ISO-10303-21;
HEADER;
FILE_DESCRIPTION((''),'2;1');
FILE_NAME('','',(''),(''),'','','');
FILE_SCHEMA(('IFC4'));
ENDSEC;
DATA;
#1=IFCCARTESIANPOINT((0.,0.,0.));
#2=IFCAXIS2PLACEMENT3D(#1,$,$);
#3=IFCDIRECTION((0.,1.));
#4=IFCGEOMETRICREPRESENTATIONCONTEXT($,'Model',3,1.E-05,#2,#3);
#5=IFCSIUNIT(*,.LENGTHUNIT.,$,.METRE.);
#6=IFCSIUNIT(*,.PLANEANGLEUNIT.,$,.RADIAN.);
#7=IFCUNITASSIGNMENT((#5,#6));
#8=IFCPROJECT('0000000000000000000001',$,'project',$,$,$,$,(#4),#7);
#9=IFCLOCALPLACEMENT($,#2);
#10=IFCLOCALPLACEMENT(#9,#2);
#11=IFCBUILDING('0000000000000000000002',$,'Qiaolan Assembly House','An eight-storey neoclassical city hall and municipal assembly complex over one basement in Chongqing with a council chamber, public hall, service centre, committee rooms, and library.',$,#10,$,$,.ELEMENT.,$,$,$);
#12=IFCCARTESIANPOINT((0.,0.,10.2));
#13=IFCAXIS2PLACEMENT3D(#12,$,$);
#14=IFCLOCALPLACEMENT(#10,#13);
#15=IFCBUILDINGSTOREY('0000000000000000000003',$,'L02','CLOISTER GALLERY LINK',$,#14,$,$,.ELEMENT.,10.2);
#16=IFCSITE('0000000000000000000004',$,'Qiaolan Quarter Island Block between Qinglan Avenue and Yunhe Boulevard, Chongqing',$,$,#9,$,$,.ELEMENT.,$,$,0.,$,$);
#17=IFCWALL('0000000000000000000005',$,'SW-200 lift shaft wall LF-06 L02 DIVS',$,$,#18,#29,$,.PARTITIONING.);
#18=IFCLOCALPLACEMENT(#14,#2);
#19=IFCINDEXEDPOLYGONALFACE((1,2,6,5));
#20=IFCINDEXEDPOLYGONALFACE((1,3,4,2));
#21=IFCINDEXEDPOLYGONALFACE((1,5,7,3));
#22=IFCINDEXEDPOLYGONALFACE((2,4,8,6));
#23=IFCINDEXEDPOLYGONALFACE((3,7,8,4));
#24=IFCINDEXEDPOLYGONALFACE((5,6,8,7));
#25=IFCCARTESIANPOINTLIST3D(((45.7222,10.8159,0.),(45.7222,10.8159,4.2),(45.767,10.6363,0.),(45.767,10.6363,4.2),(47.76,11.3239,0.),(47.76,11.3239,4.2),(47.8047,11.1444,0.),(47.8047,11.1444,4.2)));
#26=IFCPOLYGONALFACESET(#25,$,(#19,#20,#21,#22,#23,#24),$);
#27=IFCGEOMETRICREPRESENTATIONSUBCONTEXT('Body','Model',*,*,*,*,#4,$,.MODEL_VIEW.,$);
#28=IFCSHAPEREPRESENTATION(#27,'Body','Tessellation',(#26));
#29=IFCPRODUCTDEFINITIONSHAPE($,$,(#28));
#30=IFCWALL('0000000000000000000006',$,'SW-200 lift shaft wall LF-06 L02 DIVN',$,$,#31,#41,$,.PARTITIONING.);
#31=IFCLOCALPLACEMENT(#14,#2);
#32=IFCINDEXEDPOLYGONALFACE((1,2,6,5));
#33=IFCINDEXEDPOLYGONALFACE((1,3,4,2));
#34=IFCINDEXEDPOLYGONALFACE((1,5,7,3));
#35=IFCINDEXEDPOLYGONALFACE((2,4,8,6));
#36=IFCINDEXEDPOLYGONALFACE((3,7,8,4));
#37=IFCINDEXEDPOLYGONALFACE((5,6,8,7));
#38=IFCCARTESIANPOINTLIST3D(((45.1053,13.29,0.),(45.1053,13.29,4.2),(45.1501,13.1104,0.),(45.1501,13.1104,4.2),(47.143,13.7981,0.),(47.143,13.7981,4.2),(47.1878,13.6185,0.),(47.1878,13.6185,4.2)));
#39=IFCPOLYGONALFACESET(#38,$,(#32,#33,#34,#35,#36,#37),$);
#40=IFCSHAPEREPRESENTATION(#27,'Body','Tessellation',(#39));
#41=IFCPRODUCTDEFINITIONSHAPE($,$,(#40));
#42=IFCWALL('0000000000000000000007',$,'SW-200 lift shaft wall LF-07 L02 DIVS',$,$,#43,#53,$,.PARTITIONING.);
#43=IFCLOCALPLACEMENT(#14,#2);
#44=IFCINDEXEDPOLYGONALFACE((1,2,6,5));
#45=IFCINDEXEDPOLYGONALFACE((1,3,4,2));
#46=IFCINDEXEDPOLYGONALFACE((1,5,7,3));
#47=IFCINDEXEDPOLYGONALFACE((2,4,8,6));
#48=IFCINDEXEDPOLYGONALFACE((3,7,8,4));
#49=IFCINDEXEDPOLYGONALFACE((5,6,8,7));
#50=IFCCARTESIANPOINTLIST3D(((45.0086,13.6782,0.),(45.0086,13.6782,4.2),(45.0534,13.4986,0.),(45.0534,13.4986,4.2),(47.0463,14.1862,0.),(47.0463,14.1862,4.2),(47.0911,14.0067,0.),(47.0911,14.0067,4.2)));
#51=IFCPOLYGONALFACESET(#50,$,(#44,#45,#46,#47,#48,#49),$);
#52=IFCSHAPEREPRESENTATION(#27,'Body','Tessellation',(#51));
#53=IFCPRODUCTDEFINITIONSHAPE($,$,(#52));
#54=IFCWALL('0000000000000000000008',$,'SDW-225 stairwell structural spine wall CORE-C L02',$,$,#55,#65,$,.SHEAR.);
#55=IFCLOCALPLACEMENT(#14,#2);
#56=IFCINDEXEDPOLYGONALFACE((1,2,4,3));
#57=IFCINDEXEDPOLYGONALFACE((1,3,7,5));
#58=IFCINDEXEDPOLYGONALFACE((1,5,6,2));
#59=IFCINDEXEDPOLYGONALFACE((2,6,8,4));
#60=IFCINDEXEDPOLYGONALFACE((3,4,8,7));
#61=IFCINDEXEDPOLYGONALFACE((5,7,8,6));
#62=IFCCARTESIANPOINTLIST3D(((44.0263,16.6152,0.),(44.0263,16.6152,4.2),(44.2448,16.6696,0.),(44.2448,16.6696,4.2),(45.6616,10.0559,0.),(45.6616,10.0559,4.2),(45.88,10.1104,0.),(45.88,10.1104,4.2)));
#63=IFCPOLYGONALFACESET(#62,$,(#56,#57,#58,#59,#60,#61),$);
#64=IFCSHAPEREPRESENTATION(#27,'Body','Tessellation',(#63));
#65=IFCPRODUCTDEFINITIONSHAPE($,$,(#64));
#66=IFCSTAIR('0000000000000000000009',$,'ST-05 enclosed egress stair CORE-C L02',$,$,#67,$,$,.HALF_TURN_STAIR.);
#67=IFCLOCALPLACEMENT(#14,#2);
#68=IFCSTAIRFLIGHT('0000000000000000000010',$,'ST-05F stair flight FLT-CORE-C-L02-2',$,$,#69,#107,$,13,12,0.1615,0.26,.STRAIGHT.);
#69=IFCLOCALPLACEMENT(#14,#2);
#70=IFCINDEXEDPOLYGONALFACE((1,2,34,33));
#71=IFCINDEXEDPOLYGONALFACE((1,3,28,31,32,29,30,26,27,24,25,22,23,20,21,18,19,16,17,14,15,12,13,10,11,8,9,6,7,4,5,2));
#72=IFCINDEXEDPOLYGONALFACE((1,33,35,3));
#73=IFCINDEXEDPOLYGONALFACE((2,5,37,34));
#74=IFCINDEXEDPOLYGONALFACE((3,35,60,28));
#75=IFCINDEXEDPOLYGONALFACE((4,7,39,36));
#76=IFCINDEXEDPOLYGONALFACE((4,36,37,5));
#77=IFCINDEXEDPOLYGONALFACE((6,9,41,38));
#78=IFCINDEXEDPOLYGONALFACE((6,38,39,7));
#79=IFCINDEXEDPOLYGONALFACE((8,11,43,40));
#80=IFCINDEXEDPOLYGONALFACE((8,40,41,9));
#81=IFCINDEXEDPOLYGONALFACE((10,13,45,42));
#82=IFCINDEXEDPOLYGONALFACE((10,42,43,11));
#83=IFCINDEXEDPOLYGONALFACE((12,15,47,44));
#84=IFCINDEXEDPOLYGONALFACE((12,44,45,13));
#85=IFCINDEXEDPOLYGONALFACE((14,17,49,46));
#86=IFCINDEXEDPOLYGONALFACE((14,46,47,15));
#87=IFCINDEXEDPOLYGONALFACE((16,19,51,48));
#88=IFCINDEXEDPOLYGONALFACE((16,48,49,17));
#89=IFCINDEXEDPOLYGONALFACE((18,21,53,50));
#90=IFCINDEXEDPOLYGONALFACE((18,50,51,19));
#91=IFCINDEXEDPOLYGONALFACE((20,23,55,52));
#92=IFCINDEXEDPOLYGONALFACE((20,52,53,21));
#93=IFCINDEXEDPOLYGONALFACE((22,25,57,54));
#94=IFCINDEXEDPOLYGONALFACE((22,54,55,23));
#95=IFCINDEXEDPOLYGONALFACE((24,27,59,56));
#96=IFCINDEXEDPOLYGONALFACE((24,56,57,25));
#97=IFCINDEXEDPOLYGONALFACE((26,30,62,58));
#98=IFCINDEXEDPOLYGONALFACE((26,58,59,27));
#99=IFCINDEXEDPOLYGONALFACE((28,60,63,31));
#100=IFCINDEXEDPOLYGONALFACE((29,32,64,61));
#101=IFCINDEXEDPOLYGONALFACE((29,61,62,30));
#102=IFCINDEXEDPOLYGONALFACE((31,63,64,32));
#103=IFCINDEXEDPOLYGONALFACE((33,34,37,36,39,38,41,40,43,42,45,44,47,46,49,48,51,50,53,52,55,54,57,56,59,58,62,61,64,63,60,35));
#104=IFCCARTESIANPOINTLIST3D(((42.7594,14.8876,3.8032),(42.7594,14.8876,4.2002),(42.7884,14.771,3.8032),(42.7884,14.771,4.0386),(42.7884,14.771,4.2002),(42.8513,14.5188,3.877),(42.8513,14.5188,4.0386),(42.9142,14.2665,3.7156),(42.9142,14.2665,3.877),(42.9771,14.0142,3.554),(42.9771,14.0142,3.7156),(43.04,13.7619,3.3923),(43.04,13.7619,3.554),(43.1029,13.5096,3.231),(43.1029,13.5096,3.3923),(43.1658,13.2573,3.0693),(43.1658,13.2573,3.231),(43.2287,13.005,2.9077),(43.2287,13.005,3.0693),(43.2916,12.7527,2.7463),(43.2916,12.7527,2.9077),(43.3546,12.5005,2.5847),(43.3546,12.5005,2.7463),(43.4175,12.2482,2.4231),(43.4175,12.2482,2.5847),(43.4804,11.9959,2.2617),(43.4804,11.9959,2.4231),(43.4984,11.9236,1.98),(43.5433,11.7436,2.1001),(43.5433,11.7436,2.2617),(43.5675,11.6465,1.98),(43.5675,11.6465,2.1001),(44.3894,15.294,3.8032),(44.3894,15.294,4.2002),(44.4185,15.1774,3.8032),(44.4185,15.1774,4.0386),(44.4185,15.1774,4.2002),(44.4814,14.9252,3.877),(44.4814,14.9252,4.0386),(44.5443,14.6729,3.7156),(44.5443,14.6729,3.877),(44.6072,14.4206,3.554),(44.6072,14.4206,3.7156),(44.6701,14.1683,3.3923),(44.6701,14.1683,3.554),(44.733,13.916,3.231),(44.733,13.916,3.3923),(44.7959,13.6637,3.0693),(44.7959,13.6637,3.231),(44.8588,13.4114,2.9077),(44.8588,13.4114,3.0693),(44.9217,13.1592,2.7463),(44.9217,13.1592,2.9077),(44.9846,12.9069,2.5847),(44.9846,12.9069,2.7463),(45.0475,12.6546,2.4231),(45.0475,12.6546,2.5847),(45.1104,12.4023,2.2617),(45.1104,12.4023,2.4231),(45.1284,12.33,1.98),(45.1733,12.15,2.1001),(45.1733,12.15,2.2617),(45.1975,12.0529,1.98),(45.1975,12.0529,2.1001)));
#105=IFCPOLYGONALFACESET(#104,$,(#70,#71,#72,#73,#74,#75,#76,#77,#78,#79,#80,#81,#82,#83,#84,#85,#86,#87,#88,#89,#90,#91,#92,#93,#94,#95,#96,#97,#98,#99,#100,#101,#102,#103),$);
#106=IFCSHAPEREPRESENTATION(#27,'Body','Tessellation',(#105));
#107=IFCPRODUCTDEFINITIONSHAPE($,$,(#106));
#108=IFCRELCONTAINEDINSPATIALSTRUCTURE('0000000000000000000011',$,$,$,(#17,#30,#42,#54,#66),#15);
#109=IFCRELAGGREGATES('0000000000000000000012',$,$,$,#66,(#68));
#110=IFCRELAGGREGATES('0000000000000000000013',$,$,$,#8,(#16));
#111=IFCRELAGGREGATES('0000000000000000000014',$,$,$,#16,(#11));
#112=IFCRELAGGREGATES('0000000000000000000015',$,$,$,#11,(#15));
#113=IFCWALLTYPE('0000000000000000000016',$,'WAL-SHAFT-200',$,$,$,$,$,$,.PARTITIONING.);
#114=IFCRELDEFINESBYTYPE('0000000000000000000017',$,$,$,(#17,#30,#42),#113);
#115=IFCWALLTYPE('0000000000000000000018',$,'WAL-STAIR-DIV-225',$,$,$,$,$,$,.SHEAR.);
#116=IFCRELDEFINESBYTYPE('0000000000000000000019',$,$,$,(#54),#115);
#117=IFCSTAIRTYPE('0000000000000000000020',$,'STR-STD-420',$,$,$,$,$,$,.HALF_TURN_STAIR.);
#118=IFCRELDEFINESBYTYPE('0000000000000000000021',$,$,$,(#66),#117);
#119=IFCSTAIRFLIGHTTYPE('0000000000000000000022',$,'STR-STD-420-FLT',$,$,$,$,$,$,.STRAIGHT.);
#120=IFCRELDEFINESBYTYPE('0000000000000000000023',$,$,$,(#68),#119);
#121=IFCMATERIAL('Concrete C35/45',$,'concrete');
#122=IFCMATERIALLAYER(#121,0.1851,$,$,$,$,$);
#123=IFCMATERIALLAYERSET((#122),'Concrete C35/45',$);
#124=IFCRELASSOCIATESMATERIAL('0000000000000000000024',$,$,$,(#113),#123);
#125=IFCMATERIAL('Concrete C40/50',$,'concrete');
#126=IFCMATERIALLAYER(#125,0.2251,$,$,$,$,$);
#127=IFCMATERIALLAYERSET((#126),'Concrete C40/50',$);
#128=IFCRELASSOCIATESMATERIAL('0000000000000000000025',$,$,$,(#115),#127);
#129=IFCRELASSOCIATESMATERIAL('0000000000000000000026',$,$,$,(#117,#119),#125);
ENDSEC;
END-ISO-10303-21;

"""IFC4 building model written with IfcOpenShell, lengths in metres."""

from ifc_helpers import new_model, si_unit, direction, frame, frame_2d, origin, place, context, subcontext, project, spatial, polyline, rectangle, outline, extrude, material, layer, layer_set, type_object, element, aggregate, save


model = new_model("IFC4")

# Units and contexts
model_context = context("Model", 3, precision=1e-05, world=origin(), true_north=direction((0.0, 1.0)))
body_context = subcontext(model_context, "Body", "Model", "MODEL_VIEW")
ifc_project = project(units=[si_unit("LENGTHUNIT", "METRE"), si_unit("PLANEANGLEUNIT", "RADIAN")], contexts=[model_context])

# Site, building, storey
site_placement = place(None, origin())
site = spatial("IfcSite", under=ifc_project, at=site_placement, Name="Qiaolan Quarter Island Block between Qinglan Avenue and Yunhe Boulevard, Chongqing", CompositionType="ELEMENT", RefElevation=0.0)
building_placement = place(site_placement, origin())
building = spatial("IfcBuilding", under=site, at=building_placement, Name="Qiaolan Assembly House", Description="An eight-storey neoclassical city hall and municipal assembly complex over one basement in Chongqing with a council chamber, public hall, service centre, committee rooms, and library.", CompositionType="ELEMENT")
storey_placement = place(building_placement, frame((0.0, 0.0, 10.2)))
storey = spatial("IfcBuildingStorey", under=building, at=storey_placement, Name="L02", Description="CLOISTER GALLERY LINK", CompositionType="ELEMENT", Elevation=10.2)

# Shared definitions
ifc_material_1 = material(Name="Concrete C40/50", Category="concrete")

# Walls
ifc_material_2 = material(Name="Concrete C35/45", Category="concrete")
ifc_layer_1 = layer(ifc_material_2, 0.1851)
ifc_layer_set_1 = layer_set([ifc_layer_1], Name="Concrete C35/45")
wall_type_1 = type_object("IfcWallType", Name="WAL-SHAFT-200", PredefinedType="PARTITIONING", material=ifc_layer_set_1)
for number, where, z_axis, x_axis, name in (
    (1, (45.7446, 10.7261, 0.0), (0.0, 0.0, 1.0), (0.970293, 0.241934, 0.0), "SW-200 lift shaft wall LF-06 L02 DIVS"),
    (2, (45.1277, 13.2002, 0.0), (0.0, 0.0, 1.0), (0.970293, 0.241934, 0.0), "SW-200 lift shaft wall LF-06 L02 DIVN"),
    (3, (45.031, 13.5884, 0.0), (0.0, 0.0, 1.0), (0.970293, 0.241934, 0.0), "SW-200 lift shaft wall LF-07 L02 DIVS"),
):
    element("IfcWall", number, at=place(storey_placement, frame(where, z_axis=z_axis, x_axis=x_axis)), inside=storey, type_object=wall_type_1, Name=name, PredefinedType="PARTITIONING", context=body_context, shape_type="SweptSolid", body=[
        extrude(rectangle(XDim=2.1001, YDim=0.1851, at=frame_2d((1.05, 0.0))), origin(), (0.0, 0.0, 1.0), 4.2),
    ])
ifc_layer_2 = layer(ifc_material_1, 0.2251)
ifc_layer_set_2 = layer_set([ifc_layer_2], Name="Concrete C40/50")
wall_type_2 = type_object("IfcWallType", Name="WAL-STAIR-DIV-225", PredefinedType="SHEAR", material=ifc_layer_set_2)
wall_1_placement = place(storey_placement, frame((45.7708, 10.0833, 0.0), z_axis=(0.0, 0.0, 1.0), x_axis=(-0.241898, 0.970302, 0.0)))
element("IfcWall", 4, at=wall_1_placement, inside=storey, type_object=wall_type_2, Name="SDW-225 stairwell structural spine wall CORE-C L02", PredefinedType="SHEAR", context=body_context, shape_type="SweptSolid", body=[
    extrude(rectangle(XDim=6.76, YDim=0.2251, at=frame_2d((3.3799, 0.0))), origin(), (0.0, 0.0, 1.0), 4.2),
])

# Stair, stair flight
stair_type = type_object("IfcStairType", Name="STR-STD-420", PredefinedType="HALF_TURN_STAIR", material=ifc_material_1)
stair_placement = place(storey_placement, origin())
stair = element("IfcStair", 5, at=stair_placement, inside=storey, type_object=stair_type, Name="ST-05 enclosed egress stair CORE-C L02", PredefinedType="HALF_TURN_STAIR")
stair_flight_type = type_object("IfcStairFlightType", Name="STR-STD-420-FLT", PredefinedType="STRAIGHT", material=ifc_material_1)
stair_flight_placement = place(storey_placement, frame((44.3582, 11.9468, 2.1001), z_axis=(0.0, 0.0, 1.0), x_axis=(-0.241922, 0.970296, 0.0)))
stair_flight = element("IfcStairFlight", 6, at=stair_flight_placement, type_object=stair_flight_type, Name="ST-05F stair flight FLT-CORE-C-L02-2", NumberOfRisers=13, NumberOfTreads=12, PredefinedType="STRAIGHT", RiserHeight=0.1615, TreadLength=0.26, context=body_context, shape_type="SweptSolid", body=[
    extrude(outline(polyline([(-0.1001, -0.1201), (-0.1001, 0.0), (0.0, 0.0), (0.0, 0.1616), (0.26, 0.1616), (0.26, 0.323), (0.52, 0.323), (0.52, 0.4846), (0.78, 0.4846), (0.78, 0.6462), (1.04, 0.6462), (1.04, 0.8076), (1.3, 0.8076), (1.3, 0.9692), (1.5601, 0.9692), (1.5601, 1.1309), (1.8201, 1.1309), (1.8201, 1.2922), (2.0801, 1.2922), (2.0801, 1.4539), (2.3401, 1.4539), (2.3401, 1.6155), (2.6001, 1.6155), (2.6001, 1.7769), (2.8601, 1.7769), (2.8601, 1.9385), (3.1201, 1.9385), (3.1201, 2.1001), (3.2402, 2.1001), (3.2402, 1.7031), (3.1201, 1.7031), (0.1855, -0.1201), (-0.1001, -0.1201)])), frame((0.0, 0.8398, 0.0), z_axis=(0.0, -1.0, 0.0), x_axis=(1.0, 0.0, 0.0)), (0.0, 0.0, 1.0), 1.6799),
])
aggregate(stair, [stair_flight])

save(model, "model.ifc")
